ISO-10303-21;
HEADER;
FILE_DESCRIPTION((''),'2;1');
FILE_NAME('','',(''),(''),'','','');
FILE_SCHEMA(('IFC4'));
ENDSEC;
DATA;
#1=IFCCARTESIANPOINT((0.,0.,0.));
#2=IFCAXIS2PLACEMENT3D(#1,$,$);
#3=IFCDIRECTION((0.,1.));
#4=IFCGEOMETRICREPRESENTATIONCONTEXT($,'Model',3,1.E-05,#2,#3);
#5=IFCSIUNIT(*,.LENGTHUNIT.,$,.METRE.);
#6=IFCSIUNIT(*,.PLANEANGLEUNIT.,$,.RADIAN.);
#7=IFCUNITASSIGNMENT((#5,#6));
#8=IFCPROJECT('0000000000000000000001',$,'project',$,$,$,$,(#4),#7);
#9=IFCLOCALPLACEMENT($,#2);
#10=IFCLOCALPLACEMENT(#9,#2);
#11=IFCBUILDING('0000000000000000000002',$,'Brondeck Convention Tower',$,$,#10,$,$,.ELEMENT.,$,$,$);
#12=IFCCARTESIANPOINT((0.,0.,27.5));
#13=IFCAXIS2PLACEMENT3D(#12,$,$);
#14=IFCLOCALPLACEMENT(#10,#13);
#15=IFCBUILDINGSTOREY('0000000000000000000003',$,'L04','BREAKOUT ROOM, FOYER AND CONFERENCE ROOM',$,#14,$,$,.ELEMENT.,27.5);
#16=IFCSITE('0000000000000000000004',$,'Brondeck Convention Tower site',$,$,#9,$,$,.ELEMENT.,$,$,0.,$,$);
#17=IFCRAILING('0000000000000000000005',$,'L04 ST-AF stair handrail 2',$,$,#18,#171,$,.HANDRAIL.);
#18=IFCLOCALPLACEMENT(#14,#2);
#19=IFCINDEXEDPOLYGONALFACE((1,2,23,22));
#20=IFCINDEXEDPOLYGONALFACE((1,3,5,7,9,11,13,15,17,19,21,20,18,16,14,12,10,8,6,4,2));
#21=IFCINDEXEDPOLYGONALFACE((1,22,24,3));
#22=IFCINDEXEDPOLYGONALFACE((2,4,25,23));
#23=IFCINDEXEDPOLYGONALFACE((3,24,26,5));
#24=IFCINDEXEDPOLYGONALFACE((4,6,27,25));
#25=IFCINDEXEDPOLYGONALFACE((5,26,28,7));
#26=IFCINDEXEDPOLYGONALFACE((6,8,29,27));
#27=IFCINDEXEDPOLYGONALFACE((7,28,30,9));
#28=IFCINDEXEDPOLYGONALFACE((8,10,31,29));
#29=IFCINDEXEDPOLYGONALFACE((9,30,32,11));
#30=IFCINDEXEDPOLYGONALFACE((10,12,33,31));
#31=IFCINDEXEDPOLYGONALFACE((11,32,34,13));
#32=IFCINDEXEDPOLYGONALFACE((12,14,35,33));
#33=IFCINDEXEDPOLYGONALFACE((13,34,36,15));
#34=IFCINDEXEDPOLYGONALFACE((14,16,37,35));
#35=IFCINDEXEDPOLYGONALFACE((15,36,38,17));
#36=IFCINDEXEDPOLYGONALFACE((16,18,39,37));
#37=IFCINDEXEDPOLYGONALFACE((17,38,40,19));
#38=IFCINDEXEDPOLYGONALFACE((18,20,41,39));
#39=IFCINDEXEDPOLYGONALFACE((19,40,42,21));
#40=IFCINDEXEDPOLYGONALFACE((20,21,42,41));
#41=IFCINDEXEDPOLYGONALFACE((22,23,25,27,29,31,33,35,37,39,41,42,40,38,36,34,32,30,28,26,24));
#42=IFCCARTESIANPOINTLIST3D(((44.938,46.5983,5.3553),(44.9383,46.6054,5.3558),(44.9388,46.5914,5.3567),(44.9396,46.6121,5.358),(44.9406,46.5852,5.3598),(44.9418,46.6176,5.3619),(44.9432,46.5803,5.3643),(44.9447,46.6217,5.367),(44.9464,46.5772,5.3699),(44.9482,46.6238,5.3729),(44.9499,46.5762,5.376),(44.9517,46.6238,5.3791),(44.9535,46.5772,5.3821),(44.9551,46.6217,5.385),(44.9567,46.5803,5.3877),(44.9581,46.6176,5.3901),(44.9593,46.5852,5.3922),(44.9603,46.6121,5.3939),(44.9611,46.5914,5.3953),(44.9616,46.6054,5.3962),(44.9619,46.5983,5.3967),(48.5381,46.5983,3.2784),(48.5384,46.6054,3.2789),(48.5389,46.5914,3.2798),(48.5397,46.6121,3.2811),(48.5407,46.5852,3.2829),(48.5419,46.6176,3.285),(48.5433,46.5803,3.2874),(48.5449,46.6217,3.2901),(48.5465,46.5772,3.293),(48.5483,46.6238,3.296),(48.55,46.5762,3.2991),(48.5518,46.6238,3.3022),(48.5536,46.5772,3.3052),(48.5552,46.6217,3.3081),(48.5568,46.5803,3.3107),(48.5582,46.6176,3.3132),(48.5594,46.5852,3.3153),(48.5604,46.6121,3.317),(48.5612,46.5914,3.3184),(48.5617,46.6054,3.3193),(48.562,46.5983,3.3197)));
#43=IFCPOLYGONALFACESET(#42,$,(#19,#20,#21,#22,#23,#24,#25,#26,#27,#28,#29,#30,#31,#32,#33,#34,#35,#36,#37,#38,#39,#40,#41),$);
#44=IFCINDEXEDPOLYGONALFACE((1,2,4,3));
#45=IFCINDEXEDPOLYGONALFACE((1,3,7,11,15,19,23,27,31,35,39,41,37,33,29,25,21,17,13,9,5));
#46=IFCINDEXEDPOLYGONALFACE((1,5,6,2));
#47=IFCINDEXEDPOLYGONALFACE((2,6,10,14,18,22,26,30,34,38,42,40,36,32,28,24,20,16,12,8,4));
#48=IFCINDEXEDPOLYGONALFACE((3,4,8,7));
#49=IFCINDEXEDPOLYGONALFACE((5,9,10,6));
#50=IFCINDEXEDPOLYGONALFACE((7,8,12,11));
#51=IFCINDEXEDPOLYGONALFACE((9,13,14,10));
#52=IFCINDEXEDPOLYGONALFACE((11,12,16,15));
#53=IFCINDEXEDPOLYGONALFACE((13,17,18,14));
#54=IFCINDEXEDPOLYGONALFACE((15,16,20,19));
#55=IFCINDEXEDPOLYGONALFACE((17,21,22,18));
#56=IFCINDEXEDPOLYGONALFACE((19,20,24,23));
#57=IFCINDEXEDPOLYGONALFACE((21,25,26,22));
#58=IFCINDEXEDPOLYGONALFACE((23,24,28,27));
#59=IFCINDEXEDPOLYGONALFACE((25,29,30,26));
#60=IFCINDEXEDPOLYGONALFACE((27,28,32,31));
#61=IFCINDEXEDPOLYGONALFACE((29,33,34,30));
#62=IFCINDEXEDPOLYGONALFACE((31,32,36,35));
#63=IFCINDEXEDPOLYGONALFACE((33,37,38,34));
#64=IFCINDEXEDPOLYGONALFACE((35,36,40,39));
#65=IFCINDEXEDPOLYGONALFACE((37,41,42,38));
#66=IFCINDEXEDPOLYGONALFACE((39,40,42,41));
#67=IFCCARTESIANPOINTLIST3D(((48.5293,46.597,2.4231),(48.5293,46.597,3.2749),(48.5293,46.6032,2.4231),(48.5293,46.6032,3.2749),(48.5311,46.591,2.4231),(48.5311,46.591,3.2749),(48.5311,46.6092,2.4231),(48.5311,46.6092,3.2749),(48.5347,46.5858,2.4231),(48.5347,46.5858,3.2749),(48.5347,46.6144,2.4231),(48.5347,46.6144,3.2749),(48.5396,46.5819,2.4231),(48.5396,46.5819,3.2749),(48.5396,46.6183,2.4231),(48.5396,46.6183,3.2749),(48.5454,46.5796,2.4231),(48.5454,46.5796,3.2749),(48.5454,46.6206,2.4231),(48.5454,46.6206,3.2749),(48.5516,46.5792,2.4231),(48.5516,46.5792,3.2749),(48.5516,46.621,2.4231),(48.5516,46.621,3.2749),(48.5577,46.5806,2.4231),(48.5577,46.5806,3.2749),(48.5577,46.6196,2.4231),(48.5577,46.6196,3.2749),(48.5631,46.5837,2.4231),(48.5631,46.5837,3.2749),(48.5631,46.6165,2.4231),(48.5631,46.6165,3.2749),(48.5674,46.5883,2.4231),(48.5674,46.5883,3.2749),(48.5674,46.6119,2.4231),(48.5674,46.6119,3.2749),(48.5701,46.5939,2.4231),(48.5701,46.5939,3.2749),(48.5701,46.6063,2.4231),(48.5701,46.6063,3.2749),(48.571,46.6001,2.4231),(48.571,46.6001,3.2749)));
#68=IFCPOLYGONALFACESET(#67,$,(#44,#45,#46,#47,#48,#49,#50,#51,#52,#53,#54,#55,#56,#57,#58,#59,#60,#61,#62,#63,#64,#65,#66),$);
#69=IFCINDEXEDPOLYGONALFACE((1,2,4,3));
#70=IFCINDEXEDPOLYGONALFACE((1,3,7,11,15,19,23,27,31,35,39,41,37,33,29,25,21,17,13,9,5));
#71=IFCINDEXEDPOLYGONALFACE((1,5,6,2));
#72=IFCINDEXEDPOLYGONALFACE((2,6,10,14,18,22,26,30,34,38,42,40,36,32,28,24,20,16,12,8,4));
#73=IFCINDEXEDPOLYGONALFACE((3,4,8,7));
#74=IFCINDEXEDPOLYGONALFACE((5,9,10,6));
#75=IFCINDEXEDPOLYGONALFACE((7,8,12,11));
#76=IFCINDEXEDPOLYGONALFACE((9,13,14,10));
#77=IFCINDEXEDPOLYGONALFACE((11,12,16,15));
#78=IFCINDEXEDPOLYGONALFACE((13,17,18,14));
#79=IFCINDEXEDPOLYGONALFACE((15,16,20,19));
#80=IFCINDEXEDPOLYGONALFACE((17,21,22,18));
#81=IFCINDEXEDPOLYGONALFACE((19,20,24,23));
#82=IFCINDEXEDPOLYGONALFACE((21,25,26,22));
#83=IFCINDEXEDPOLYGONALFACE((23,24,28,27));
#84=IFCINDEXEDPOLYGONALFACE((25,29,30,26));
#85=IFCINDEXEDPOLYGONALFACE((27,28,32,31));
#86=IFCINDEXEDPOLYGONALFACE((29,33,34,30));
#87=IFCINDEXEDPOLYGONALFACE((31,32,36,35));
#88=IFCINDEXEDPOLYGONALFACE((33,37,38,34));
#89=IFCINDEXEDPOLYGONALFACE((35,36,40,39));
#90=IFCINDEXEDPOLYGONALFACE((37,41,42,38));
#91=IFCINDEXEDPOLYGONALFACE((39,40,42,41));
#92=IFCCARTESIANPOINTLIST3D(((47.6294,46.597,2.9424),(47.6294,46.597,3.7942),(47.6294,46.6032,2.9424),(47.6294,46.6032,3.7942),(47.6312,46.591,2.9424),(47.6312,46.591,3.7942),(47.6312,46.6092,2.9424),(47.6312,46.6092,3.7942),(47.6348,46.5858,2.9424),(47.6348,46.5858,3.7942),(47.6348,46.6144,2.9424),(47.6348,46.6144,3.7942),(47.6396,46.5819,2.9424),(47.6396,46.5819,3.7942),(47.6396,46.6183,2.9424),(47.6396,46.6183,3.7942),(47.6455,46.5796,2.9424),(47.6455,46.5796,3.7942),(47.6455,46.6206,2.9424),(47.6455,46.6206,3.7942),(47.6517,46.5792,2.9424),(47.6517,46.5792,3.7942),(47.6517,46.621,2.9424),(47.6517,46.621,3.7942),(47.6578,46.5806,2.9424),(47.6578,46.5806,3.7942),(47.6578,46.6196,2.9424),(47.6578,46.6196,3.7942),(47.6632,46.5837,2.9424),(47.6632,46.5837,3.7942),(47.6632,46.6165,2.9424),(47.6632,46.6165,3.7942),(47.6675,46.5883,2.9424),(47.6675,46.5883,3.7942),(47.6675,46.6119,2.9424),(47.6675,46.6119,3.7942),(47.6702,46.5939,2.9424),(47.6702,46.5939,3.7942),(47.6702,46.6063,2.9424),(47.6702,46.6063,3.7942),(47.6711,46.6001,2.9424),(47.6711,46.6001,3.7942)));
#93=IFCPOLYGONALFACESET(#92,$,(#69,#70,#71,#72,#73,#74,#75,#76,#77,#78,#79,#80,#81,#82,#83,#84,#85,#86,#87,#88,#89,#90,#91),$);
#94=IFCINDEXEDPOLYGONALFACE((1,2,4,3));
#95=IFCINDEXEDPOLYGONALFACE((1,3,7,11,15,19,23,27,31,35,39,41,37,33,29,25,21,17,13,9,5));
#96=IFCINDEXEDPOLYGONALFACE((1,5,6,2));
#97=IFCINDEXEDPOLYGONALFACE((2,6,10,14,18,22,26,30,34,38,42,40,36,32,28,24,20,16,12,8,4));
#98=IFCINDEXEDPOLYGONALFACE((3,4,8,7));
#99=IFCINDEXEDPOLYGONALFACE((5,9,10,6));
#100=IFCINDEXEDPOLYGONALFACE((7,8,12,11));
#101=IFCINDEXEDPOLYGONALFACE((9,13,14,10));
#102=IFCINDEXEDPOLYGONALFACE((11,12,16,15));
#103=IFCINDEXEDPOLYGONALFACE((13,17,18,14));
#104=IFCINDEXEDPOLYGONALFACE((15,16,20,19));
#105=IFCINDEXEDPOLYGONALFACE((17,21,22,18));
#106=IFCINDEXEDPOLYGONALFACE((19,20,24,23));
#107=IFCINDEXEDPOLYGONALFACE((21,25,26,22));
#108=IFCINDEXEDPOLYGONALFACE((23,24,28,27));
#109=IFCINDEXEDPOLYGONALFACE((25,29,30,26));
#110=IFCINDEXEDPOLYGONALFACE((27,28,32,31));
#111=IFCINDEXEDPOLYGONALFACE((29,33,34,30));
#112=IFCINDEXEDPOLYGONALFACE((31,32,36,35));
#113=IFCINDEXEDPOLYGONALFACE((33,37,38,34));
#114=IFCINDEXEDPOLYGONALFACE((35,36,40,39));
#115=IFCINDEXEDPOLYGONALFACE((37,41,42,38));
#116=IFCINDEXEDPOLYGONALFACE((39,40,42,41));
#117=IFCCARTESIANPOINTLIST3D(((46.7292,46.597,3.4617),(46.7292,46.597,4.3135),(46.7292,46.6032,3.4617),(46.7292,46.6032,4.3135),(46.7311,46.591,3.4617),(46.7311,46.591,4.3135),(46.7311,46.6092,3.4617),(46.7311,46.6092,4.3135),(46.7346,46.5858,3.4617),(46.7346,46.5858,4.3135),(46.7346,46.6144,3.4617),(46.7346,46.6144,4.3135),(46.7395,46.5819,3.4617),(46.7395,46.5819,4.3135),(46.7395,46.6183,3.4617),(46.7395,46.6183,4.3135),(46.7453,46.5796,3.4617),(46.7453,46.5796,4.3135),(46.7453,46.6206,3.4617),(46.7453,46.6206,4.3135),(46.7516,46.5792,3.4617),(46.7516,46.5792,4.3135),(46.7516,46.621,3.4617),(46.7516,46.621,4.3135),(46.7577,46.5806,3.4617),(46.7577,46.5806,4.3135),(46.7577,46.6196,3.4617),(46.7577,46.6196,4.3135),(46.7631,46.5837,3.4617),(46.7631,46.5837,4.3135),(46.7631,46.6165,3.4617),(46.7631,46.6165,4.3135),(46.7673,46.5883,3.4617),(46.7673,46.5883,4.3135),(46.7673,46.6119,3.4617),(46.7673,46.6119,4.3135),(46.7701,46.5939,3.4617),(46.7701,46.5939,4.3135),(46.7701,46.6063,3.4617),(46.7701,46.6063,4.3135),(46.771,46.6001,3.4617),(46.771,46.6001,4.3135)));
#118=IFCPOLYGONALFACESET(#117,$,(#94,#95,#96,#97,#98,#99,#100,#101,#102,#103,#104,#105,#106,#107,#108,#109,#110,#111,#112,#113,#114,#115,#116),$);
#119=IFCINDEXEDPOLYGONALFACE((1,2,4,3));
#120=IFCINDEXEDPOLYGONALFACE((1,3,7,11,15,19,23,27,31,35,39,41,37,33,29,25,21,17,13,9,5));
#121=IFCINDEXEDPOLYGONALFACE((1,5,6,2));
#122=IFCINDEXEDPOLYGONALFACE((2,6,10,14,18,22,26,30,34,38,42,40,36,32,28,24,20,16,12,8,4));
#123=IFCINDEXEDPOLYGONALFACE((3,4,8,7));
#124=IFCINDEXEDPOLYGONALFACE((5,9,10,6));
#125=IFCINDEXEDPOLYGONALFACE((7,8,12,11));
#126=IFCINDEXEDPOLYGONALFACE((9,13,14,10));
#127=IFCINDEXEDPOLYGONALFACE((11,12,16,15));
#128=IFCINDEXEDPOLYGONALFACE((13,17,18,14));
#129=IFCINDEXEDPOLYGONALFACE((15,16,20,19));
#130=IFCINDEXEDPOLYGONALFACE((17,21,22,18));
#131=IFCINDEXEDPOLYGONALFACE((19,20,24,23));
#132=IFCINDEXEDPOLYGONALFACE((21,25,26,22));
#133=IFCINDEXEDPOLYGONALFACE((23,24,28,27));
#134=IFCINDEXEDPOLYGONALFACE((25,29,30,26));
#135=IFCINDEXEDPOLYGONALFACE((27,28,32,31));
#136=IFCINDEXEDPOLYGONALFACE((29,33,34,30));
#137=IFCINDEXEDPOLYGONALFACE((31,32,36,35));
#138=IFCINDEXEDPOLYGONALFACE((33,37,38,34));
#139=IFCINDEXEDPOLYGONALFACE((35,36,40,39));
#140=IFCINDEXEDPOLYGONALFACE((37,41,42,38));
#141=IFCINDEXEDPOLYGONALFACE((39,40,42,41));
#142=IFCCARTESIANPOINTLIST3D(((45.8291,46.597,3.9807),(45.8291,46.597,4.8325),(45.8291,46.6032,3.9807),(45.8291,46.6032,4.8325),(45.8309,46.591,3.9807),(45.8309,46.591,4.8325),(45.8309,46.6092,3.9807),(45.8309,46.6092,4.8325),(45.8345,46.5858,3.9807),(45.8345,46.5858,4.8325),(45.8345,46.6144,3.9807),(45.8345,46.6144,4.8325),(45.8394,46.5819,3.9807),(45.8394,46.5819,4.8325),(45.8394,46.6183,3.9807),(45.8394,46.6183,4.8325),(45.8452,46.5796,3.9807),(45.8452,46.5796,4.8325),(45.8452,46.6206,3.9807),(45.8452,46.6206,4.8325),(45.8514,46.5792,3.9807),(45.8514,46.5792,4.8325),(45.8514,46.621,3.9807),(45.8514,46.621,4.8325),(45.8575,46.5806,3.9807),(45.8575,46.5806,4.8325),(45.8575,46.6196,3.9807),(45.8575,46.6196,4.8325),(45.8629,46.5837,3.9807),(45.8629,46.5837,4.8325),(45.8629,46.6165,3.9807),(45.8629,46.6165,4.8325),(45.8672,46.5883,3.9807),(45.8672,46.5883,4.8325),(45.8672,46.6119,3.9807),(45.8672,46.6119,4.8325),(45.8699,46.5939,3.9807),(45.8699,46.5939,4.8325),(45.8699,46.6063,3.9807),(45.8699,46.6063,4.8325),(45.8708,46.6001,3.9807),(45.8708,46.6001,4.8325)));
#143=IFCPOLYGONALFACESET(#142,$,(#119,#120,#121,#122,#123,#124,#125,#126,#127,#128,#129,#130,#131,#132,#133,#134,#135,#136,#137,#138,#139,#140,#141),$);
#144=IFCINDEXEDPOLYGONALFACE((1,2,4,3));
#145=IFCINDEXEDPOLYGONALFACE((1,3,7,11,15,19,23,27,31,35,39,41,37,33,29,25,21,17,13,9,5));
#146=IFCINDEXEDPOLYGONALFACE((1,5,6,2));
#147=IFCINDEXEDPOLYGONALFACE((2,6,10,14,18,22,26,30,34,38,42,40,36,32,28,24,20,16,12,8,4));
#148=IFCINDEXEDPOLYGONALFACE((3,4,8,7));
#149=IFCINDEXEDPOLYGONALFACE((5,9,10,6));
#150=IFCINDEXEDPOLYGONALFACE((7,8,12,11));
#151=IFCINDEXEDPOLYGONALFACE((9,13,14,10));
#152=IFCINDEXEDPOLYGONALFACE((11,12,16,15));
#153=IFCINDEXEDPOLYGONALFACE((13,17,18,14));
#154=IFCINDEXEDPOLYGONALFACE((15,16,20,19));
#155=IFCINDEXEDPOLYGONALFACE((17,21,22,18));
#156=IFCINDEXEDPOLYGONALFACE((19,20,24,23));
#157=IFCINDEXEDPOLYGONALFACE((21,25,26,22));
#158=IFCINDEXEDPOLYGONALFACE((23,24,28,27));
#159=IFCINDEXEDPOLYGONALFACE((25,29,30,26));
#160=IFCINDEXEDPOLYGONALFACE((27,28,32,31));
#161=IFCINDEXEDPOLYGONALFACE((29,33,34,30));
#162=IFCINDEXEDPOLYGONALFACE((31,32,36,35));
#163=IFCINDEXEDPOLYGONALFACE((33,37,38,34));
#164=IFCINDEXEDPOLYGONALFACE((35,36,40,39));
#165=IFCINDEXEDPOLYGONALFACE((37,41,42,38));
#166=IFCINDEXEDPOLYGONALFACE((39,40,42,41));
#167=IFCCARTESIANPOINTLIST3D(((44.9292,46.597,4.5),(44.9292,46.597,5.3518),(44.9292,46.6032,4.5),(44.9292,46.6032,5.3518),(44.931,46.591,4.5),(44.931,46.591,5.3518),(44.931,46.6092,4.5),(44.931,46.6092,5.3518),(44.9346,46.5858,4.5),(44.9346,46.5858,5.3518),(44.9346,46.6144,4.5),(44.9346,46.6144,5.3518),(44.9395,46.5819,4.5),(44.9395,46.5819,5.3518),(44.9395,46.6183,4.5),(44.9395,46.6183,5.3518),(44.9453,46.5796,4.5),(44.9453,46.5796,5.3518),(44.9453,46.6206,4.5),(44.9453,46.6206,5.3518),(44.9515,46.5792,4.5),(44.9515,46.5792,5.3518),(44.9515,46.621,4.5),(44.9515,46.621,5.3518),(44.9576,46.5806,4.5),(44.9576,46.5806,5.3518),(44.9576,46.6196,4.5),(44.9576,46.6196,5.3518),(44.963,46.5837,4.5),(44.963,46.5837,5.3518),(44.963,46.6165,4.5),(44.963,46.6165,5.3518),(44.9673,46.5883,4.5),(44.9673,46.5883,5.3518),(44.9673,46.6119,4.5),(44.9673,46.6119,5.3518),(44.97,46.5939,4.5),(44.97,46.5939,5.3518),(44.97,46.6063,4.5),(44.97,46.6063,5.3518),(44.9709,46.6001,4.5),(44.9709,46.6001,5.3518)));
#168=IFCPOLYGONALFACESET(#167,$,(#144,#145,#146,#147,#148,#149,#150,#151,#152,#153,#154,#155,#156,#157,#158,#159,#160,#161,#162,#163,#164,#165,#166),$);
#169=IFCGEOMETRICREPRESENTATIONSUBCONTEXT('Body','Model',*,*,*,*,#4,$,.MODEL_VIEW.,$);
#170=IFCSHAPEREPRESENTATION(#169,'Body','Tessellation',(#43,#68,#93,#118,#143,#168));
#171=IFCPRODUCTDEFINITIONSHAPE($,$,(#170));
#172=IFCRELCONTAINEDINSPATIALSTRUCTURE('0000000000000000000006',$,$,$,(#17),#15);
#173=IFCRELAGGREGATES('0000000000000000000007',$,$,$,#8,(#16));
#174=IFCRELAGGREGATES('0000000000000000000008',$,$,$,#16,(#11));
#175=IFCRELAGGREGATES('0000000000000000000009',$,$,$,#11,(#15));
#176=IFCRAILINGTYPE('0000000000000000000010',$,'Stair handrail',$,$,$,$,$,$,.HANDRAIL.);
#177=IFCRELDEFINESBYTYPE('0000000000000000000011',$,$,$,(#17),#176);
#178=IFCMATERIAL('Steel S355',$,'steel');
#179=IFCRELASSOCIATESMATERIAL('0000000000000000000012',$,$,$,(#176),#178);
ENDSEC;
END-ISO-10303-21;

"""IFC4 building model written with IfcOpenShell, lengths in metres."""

from ifc_helpers import new_model, si_unit, direction, frame, origin, origin_2d, place, context, subcontext, project, spatial, circle, extrude, material, type_object, element, save


model = new_model("IFC4")

# Units and contexts
model_context = context("Model", 3, precision=1e-05, world=origin(), true_north=direction((0.0, 1.0)))
body_context = subcontext(model_context, "Body", "Model", "MODEL_VIEW")
ifc_project = project(units=[si_unit("LENGTHUNIT", "METRE"), si_unit("PLANEANGLEUNIT", "RADIAN")], contexts=[model_context])

# Site, building, storey
site_placement = place(None, origin())
site = spatial("IfcSite", under=ifc_project, at=site_placement, Name="Brondeck Convention Tower site", CompositionType="ELEMENT", RefElevation=0.0)
building_placement = place(site_placement, origin())
building = spatial("IfcBuilding", under=site, at=building_placement, Name="Brondeck Convention Tower", CompositionType="ELEMENT")
storey_placement = place(building_placement, frame((0.0, 0.0, 27.5)))
storey = spatial("IfcBuildingStorey", under=building, at=storey_placement, Name="L04", Description="BREAKOUT ROOM, FOYER AND CONFERENCE ROOM", CompositionType="ELEMENT", Elevation=27.5)

# Shared definitions
ifc_material_1 = material(Name="Steel S355", Category="steel")

# Railing
railing_type_1 = type_object("IfcRailingType", Name="Stair handrail", PredefinedType="HANDRAIL", material=ifc_material_1)
railing_1_placement = place(storey_placement, frame((48.55, 46.6001, 2.4231)))
element("IfcRailing", 1, at=railing_1_placement, inside=storey, type_object=railing_type_1, Name="L04 ST-AF stair handrail 2", PredefinedType="HANDRAIL", context=body_context, shape_type="SweptSolid", body=[
    extrude(circle(Radius=0.0239, at=origin_2d()), frame((0.0, 0.0, 0.876), z_axis=(-0.866193, 0.0, 0.499709), x_axis=(0.0, -1.0, 0.0)), (0.0, 0.0, 1.0), 4.1562),
    extrude(circle(Radius=0.021, at=origin_2d()), origin(), (0.0, 0.0, 1.0), 0.8518),
    extrude(circle(Radius=0.021, at=origin_2d()), frame((-0.8999, 0.0, 0.5193)), (0.0, 0.0, 1.0), 0.8518),
    extrude(circle(Radius=0.021, at=origin_2d()), frame((-1.8, 0.0, 1.0386)), (0.0, 0.0, 1.0), 0.8518),
    extrude(circle(Radius=0.021, at=origin_2d()), frame((-2.7002, 0.0, 1.5576)), (0.0, 0.0, 1.0), 0.8518),
    extrude(circle(Radius=0.021, at=origin_2d()), frame((-3.6001, 0.0, 2.0769)), (0.0, 0.0, 1.0), 0.8518),
])

save(model, "model.ifc")
